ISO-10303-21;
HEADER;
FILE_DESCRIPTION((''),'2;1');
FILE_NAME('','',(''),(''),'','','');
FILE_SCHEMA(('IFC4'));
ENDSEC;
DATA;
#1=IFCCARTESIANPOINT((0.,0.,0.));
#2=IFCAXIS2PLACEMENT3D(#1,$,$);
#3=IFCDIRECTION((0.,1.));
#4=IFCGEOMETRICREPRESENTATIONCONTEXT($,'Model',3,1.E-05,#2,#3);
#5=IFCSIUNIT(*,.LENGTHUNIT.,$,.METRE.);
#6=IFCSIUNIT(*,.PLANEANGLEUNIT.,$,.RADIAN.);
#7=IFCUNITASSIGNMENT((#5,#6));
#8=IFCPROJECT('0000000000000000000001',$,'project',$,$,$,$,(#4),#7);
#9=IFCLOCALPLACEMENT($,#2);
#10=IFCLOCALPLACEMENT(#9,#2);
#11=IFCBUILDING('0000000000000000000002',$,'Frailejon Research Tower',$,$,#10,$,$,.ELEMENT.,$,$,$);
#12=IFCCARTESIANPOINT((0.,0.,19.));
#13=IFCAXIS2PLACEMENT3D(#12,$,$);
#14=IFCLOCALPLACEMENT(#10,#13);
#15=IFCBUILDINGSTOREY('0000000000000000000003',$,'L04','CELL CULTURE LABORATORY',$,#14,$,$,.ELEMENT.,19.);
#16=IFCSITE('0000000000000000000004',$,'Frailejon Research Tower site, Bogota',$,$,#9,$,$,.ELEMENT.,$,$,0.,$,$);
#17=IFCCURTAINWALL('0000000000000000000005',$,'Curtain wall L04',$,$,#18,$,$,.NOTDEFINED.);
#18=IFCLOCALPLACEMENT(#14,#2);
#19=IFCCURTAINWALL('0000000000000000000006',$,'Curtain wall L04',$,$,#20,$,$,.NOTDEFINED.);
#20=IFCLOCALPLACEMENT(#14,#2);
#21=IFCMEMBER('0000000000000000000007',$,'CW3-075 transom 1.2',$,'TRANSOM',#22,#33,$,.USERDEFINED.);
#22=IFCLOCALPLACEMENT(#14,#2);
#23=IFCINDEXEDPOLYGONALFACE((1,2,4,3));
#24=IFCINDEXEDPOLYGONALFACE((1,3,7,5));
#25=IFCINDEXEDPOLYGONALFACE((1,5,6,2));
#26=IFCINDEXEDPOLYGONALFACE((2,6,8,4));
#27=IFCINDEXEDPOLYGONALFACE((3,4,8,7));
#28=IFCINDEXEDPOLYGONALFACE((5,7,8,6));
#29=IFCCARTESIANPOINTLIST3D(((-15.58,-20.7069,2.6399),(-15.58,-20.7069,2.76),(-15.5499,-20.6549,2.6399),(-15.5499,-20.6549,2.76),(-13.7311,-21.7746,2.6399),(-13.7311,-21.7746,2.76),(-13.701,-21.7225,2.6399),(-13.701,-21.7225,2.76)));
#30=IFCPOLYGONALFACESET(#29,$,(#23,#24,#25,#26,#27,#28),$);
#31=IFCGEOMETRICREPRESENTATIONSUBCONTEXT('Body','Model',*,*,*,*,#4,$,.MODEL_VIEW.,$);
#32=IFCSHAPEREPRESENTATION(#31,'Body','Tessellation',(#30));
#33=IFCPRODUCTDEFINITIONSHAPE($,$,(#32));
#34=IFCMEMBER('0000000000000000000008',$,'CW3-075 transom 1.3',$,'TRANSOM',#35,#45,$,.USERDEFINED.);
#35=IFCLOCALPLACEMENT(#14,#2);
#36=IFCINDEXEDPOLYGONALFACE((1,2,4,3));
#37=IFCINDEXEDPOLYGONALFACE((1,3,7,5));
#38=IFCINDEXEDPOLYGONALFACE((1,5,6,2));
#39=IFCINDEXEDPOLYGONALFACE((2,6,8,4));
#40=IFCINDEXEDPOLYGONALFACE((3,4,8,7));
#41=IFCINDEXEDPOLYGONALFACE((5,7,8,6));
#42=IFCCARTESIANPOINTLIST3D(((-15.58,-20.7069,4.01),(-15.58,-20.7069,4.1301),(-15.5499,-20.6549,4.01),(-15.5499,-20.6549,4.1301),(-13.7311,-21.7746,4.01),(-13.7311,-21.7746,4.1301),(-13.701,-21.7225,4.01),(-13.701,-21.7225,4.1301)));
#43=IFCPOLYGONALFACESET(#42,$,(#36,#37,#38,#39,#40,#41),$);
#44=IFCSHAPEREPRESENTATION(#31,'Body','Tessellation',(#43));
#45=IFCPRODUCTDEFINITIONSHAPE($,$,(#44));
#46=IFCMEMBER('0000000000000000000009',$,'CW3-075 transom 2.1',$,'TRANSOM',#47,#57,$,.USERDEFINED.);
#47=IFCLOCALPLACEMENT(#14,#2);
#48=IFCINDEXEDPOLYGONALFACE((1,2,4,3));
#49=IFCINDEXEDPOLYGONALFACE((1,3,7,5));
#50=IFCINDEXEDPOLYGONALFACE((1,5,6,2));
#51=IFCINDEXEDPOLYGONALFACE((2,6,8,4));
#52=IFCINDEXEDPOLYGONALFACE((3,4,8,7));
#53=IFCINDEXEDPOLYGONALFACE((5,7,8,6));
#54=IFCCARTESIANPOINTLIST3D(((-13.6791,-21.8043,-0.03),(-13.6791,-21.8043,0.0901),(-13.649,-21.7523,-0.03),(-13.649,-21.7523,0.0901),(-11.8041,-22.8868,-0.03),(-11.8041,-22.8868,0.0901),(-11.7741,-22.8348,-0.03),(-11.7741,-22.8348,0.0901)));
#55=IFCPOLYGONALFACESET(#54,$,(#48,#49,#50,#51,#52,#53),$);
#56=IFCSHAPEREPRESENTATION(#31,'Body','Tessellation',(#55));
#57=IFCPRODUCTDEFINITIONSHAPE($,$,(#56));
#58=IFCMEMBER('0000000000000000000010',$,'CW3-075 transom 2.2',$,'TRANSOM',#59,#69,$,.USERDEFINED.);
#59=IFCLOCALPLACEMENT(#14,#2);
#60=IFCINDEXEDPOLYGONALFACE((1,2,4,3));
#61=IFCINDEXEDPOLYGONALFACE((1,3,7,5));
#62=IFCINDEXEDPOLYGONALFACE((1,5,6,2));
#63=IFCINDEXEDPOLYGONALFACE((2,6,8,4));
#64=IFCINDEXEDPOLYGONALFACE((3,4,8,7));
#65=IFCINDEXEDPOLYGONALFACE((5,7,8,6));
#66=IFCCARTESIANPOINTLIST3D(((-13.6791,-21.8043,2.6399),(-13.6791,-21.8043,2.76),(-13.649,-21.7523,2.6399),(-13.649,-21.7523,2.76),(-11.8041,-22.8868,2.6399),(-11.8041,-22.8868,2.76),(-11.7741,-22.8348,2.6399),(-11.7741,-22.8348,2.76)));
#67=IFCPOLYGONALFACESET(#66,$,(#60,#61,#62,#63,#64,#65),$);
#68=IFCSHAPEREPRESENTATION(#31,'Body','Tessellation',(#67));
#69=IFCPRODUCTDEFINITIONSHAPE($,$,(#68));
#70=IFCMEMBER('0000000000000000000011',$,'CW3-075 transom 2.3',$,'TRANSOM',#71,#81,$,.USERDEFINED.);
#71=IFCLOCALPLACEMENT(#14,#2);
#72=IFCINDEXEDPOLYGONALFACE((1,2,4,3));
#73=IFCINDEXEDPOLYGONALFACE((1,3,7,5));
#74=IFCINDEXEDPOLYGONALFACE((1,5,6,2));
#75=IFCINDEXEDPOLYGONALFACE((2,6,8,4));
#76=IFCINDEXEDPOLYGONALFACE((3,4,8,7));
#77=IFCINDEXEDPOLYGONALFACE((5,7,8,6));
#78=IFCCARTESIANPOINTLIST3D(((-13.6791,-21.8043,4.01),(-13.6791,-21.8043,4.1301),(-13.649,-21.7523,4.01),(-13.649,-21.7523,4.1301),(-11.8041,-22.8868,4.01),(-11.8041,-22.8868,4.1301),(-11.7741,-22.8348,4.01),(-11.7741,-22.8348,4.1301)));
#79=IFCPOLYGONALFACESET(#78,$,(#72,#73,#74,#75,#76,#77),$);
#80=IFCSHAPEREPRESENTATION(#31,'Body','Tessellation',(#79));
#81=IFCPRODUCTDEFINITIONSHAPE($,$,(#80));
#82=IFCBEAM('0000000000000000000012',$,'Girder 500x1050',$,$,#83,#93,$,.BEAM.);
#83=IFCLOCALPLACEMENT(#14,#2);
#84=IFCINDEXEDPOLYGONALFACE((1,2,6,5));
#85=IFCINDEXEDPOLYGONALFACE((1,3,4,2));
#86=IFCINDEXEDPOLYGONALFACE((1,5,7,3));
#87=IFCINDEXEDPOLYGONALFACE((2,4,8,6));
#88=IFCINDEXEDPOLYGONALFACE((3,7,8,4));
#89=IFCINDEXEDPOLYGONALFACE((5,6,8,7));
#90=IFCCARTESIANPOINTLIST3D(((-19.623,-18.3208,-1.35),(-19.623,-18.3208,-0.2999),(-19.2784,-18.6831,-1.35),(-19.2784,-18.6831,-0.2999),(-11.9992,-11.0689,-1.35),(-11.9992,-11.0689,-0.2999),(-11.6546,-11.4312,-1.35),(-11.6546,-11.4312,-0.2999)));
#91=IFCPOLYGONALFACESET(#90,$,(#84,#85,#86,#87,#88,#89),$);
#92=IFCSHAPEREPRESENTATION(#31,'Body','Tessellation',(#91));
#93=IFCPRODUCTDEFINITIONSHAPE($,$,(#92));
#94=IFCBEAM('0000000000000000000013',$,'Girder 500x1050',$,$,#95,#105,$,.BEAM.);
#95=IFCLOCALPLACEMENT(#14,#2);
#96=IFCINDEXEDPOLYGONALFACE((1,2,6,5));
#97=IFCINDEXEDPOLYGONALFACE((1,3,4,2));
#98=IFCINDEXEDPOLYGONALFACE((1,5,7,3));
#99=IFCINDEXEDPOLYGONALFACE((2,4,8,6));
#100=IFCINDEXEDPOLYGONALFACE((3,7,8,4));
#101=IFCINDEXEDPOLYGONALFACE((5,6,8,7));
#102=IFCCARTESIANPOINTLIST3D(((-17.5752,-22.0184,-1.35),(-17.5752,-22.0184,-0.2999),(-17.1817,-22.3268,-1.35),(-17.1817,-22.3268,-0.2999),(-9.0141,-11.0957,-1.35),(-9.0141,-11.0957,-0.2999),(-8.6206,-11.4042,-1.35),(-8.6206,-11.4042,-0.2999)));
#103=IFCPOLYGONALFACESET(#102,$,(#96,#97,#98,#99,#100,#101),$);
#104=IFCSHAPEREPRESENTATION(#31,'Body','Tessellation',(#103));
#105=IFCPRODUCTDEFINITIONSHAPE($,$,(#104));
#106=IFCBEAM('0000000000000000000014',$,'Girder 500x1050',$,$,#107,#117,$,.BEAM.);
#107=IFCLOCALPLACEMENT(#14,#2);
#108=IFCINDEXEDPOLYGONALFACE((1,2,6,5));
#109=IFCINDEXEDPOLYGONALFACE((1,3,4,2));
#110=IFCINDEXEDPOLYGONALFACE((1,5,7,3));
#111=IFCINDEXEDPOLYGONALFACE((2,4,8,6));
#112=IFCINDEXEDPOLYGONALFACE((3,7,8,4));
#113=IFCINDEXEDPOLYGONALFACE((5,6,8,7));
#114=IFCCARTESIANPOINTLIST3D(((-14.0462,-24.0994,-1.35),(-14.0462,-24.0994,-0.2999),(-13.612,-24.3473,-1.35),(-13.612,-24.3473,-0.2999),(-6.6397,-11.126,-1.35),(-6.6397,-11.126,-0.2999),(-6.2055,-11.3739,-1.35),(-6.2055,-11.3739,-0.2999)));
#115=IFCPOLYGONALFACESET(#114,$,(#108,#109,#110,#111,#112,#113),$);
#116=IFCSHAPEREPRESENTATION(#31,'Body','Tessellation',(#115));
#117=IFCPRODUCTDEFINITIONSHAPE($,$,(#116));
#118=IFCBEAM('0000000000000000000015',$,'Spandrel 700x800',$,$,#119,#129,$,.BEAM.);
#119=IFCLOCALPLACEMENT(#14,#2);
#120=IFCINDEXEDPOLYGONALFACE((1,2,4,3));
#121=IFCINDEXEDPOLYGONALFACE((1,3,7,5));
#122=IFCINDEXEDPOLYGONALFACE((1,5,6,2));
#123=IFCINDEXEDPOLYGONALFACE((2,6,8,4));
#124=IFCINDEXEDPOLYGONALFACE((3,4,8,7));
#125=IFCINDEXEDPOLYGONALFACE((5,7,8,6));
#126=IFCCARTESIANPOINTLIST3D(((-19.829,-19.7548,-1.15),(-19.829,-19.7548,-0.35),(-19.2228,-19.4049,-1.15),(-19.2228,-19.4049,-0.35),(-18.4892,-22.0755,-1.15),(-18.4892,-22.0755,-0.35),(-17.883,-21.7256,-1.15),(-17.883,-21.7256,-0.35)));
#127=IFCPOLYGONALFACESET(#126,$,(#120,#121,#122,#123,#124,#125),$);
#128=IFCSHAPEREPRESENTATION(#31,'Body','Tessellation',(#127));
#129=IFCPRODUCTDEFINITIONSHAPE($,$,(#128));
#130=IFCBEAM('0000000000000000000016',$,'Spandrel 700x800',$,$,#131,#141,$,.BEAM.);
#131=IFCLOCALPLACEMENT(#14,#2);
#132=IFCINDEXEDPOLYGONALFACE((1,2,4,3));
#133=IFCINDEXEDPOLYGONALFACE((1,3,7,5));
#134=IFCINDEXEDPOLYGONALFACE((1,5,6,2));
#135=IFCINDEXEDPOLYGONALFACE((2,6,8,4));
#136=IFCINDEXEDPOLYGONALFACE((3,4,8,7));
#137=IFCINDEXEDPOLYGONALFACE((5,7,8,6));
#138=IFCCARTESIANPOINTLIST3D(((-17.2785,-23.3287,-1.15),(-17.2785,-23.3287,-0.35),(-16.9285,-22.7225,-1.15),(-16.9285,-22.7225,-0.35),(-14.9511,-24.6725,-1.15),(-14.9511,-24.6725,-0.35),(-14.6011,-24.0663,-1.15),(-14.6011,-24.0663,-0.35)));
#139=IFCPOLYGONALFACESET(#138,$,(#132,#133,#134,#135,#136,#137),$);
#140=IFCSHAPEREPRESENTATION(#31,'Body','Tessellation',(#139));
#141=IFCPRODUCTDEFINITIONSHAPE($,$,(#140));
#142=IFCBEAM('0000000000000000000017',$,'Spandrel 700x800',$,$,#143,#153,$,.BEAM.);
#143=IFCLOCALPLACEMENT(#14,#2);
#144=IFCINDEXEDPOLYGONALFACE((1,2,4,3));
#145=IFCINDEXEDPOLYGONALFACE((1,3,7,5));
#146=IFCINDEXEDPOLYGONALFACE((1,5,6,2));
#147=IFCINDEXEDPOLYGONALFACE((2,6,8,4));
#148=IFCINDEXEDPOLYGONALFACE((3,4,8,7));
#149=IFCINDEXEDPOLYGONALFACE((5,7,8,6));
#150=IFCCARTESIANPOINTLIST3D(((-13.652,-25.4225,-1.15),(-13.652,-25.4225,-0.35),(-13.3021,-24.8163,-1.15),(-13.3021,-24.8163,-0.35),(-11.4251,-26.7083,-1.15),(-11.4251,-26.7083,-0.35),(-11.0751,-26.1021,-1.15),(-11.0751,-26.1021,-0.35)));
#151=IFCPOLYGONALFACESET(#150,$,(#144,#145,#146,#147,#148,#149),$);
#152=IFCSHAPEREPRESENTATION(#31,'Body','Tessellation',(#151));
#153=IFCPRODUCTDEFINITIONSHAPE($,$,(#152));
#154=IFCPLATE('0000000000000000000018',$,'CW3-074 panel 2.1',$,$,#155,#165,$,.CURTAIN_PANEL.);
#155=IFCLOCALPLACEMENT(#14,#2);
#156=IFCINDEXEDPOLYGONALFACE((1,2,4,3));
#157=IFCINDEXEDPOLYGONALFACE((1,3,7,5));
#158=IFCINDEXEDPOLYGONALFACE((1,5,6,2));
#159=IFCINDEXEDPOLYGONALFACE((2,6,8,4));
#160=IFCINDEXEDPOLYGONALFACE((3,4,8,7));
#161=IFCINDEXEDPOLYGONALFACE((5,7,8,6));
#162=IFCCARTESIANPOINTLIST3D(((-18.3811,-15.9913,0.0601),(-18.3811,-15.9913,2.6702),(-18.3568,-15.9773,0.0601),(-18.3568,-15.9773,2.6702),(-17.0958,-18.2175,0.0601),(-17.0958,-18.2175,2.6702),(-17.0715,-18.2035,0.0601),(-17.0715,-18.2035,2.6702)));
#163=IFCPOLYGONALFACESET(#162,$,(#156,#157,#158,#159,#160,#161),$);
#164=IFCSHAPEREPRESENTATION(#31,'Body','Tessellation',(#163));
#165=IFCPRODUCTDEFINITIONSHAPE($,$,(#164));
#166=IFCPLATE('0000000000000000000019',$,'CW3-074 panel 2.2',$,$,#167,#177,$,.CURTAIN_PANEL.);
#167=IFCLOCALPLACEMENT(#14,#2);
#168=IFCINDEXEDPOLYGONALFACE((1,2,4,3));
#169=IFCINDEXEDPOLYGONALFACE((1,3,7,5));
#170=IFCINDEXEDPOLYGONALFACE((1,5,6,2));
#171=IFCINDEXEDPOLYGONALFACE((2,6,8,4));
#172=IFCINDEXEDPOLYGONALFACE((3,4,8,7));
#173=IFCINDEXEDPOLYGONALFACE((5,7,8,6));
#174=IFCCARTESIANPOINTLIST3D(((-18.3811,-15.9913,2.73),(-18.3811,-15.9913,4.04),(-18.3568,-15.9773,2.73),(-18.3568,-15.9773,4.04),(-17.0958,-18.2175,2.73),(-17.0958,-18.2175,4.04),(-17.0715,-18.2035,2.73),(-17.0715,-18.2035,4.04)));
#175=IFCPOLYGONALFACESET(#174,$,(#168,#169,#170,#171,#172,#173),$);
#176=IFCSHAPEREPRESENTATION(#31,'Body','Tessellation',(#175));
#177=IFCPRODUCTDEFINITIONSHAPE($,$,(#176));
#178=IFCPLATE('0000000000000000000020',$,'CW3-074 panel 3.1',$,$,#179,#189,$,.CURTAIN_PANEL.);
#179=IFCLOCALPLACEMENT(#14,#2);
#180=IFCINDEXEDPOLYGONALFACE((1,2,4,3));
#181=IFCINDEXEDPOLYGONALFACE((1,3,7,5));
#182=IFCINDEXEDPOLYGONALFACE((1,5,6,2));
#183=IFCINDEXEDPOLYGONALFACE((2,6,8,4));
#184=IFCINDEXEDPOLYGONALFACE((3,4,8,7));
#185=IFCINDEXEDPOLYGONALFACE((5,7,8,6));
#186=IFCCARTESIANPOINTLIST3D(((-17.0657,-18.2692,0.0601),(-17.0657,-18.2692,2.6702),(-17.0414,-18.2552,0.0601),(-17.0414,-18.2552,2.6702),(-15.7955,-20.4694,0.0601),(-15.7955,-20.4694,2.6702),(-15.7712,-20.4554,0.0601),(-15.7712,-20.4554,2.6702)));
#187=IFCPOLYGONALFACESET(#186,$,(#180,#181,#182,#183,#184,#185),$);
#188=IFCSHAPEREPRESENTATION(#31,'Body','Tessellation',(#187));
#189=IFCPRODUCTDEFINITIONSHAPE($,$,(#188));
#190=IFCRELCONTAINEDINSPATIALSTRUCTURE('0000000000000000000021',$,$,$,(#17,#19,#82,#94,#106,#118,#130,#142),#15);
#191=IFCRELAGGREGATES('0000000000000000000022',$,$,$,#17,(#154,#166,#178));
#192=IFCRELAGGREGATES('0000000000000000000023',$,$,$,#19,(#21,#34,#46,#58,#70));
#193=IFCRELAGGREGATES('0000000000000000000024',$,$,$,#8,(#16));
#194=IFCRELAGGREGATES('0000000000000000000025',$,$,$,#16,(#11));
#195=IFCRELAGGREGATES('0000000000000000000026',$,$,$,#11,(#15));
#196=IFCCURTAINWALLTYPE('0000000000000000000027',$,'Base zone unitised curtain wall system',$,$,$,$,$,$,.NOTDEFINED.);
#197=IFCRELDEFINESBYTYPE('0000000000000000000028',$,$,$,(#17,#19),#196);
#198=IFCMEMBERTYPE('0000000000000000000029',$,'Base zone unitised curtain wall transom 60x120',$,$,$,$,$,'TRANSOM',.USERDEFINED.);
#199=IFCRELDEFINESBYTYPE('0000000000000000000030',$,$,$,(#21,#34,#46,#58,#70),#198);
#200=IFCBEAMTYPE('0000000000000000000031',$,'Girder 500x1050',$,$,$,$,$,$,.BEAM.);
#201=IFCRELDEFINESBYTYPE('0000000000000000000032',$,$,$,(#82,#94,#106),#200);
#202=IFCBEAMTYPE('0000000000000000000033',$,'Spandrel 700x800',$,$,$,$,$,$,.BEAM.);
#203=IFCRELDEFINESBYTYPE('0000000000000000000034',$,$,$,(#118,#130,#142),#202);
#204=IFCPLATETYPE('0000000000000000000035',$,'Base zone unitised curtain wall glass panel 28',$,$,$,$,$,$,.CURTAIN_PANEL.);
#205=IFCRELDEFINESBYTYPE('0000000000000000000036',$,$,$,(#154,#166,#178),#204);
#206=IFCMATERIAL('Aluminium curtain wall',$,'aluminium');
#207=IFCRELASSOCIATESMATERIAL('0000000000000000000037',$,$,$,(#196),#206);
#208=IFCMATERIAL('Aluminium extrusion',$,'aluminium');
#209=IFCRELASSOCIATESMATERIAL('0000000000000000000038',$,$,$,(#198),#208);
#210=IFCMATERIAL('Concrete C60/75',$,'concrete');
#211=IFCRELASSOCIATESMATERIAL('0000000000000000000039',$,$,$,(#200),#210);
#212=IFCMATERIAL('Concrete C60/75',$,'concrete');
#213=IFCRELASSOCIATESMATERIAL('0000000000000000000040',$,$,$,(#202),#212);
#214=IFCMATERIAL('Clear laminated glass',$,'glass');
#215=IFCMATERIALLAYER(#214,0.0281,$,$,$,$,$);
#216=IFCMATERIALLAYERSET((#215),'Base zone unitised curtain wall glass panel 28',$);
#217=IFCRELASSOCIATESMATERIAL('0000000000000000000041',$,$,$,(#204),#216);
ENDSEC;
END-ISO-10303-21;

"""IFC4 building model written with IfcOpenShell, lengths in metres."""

from ifc_helpers import new_model, si_unit, direction, frame, origin, origin_2d, place, context, subcontext, project, spatial, rectangle, extrude, material, layer, layer_set, material_profile, profile_set, type_object, element, aggregate, save


model = new_model("IFC4")

# Units and contexts
model_context = context("Model", 3, precision=1e-05, world=origin(), true_north=direction((0.0, 1.0)))
body_context = subcontext(model_context, "Body", "Model", "MODEL_VIEW")
ifc_project = project(units=[si_unit("LENGTHUNIT", "METRE"), si_unit("PLANEANGLEUNIT", "RADIAN")], contexts=[model_context])

# Site, building, storey
site_placement = place(None, origin())
site = spatial("IfcSite", under=ifc_project, at=site_placement, Name="Frailejon Research Tower site, Bogota", CompositionType="ELEMENT", RefElevation=0.0)
building_placement = place(site_placement, origin())
building = spatial("IfcBuilding", under=site, at=building_placement, Name="Frailejon Research Tower", CompositionType="ELEMENT")
storey_placement = place(building_placement, frame((0.0, 0.0, 19.0)))
storey = spatial("IfcBuildingStorey", under=building, at=storey_placement, Name="L04", Description="CELL CULTURE LABORATORY", CompositionType="ELEMENT", Elevation=19.0)

# Curtain walls
ifc_material_1 = material(Name="Aluminium curtain wall", Category="aluminium")
curtain_wall_type = type_object("IfcCurtainWallType", Name="Base zone unitised curtain wall system", PredefinedType="NOTDEFINED", material=ifc_material_1)
curtain_wall_1_placement = place(storey_placement, origin())
curtain_wall_1 = element("IfcCurtainWall", 1, at=curtain_wall_1_placement, inside=storey, type_object=curtain_wall_type, Name="Curtain wall L04", PredefinedType="NOTDEFINED")
curtain_wall_2_placement = place(storey_placement, origin())
curtain_wall_2 = element("IfcCurtainWall", 2, at=curtain_wall_2_placement, inside=storey, type_object=curtain_wall_type, Name="Curtain wall L04", PredefinedType="NOTDEFINED")

# Members
ifc_material_2 = material(Name="Aluminium extrusion", Category="aluminium")
ifc_material_profile_1 = material_profile(ifc_material_2, rectangle(XDim=0.0601, YDim=0.1201, at=origin_2d()), Name="Base zone unitised curtain wall transom 60x120")
ifc_profile_set_1 = profile_set([ifc_material_profile_1], Name="Aluminium extrusion")
member_type_1 = type_object("IfcMemberType", Name="Base zone unitised curtain wall transom 60x120", ElementType="TRANSOM", PredefinedType="USERDEFINED", material=ifc_profile_set_1)
member_1_placement = place(storey_placement, frame((-15.5649, -20.6809, 2.7), z_axis=(0.865989, -0.500062, 0.0), x_axis=(0.500062, 0.865989, 0.0)))
member_1 = element("IfcMember", 3, at=member_1_placement, type_object=member_type_1, Name="CW3-075 transom 1.2", ObjectType="TRANSOM", PredefinedType="USERDEFINED", context=body_context, shape_type="SweptSolid", body=[
    extrude(rectangle(XDim=0.0601, YDim=0.1201, at=origin_2d()), origin(), (0.0, 0.0, 1.0), 2.135),
])
member_2_placement = place(storey_placement, frame((-15.5649, -20.6809, 4.0701), z_axis=(0.865989, -0.500062, 0.0), x_axis=(0.500062, 0.865989, 0.0)))
member_2 = element("IfcMember", 4, at=member_2_placement, type_object=member_type_1, Name="CW3-075 transom 1.3", ObjectType="TRANSOM", PredefinedType="USERDEFINED", context=body_context, shape_type="SweptSolid", body=[
    extrude(rectangle(XDim=0.0601, YDim=0.1201, at=origin_2d()), origin(), (0.0, 0.0, 1.0), 2.135),
])
member_3_placement = place(storey_placement, frame((-13.6641, -21.7783, 0.03), z_axis=(0.866028, -0.499996, 0.0), x_axis=(0.499996, 0.866028, 0.0)))
member_3 = element("IfcMember", 5, at=member_3_placement, type_object=member_type_1, Name="CW3-075 transom 2.1", ObjectType="TRANSOM", PredefinedType="USERDEFINED", context=body_context, shape_type="SweptSolid", body=[
    extrude(rectangle(XDim=0.0601, YDim=0.1201, at=origin_2d()), origin(), (0.0, 0.0, 1.0), 2.165),
])
member_4_placement = place(storey_placement, frame((-13.6641, -21.7783, 2.7), z_axis=(0.866028, -0.499996, 0.0), x_axis=(0.499996, 0.866028, 0.0)))
member_4 = element("IfcMember", 6, at=member_4_placement, type_object=member_type_1, Name="CW3-075 transom 2.2", ObjectType="TRANSOM", PredefinedType="USERDEFINED", context=body_context, shape_type="SweptSolid", body=[
    extrude(rectangle(XDim=0.0601, YDim=0.1201, at=origin_2d()), origin(), (0.0, 0.0, 1.0), 2.165),
])
member_5_placement = place(storey_placement, frame((-13.6641, -21.7783, 4.0701), z_axis=(0.866028, -0.499996, 0.0), x_axis=(0.499996, 0.866028, 0.0)))
member_5 = element("IfcMember", 7, at=member_5_placement, type_object=member_type_1, Name="CW3-075 transom 2.3", ObjectType="TRANSOM", PredefinedType="USERDEFINED", context=body_context, shape_type="SweptSolid", body=[
    extrude(rectangle(XDim=0.0601, YDim=0.1201, at=origin_2d()), origin(), (0.0, 0.0, 1.0), 2.165),
])

# Beams
ifc_material_3 = material(Name="Concrete C60/75", Category="concrete")
ifc_material_profile_2 = material_profile(ifc_material_3, rectangle(XDim=0.5, YDim=1.05, at=origin_2d()), Name="Girder 500x1050")
ifc_profile_set_2 = profile_set([ifc_material_profile_2], Name="Concrete C60/75")
beam_type_1 = type_object("IfcBeamType", Name="Girder 500x1050", PredefinedType="BEAM", material=ifc_profile_set_2)
beam_1_placement = place(storey_placement, frame((-19.4507, -18.502, -0.825), z_axis=(0.724555, 0.689217, 0.0), x_axis=(-0.689217, 0.724555, 0.0)))
element("IfcBeam", 8, at=beam_1_placement, inside=storey, type_object=beam_type_1, Name="Girder 500x1050", PredefinedType="BEAM", context=body_context, shape_type="SweptSolid", body=[
    extrude(rectangle(XDim=0.5, YDim=1.05, at=origin_2d()), origin(), (0.0, 0.0, 1.0), 10.522),
])
beam_2_placement = place(storey_placement, frame((-17.3784, -22.1726, -0.825), z_axis=(0.616885, 0.787053, 0.0), x_axis=(-0.787053, 0.616885, 0.0)))
element("IfcBeam", 9, at=beam_2_placement, inside=storey, type_object=beam_type_1, Name="Girder 500x1050", PredefinedType="BEAM", context=body_context, shape_type="SweptSolid", body=[
    extrude(rectangle(XDim=0.5, YDim=1.05, at=origin_2d()), origin(), (0.0, 0.0, 1.0), 13.8779),
])
beam_3_placement = place(storey_placement, frame((-13.8291, -24.2234, -0.825), z_axis=(0.495792, 0.868441, 0.0), x_axis=(-0.868441, 0.495792, 0.0)))
element("IfcBeam", 10, at=beam_3_placement, inside=storey, type_object=beam_type_1, Name="Girder 500x1050", PredefinedType="BEAM", context=body_context, shape_type="SweptSolid", body=[
    extrude(rectangle(XDim=0.5, YDim=1.05, at=origin_2d()), origin(), (0.0, 0.0, 1.0), 14.9387),
])
ifc_material_4 = material(Name="Concrete C60/75", Category="concrete")
ifc_material_profile_3 = material_profile(ifc_material_4, rectangle(XDim=0.7, YDim=0.8, at=origin_2d()), Name="Spandrel 700x800")
ifc_profile_set_3 = profile_set([ifc_material_profile_3], Name="Concrete C60/75")
beam_type_2 = type_object("IfcBeamType", Name="Spandrel 700x800", PredefinedType="BEAM", material=ifc_profile_set_3)
beam_4_placement = place(storey_placement, frame((-19.5259, -19.5798, -0.75), z_axis=(0.49998, -0.866037, 0.0), x_axis=(0.866037, 0.49998, 0.0)))
element("IfcBeam", 11, at=beam_4_placement, inside=storey, type_object=beam_type_2, Name="Spandrel 700x800", PredefinedType="BEAM", context=body_context, shape_type="SweptSolid", body=[
    extrude(rectangle(XDim=0.7, YDim=0.8, at=origin_2d()), origin(), (0.0, 0.0, 1.0), 2.6797),
])
beam_5_placement = place(storey_placement, frame((-17.1035, -23.0256, -0.75), z_axis=(0.866021, -0.500008, 0.0), x_axis=(0.500008, 0.866021, 0.0)))
element("IfcBeam", 12, at=beam_5_placement, inside=storey, type_object=beam_type_2, Name="Spandrel 700x800", PredefinedType="BEAM", context=body_context, shape_type="SweptSolid", body=[
    extrude(rectangle(XDim=0.7, YDim=0.8, at=origin_2d()), origin(), (0.0, 0.0, 1.0), 2.6875),
])
beam_6_placement = place(storey_placement, frame((-13.4771, -25.1194, -0.75), z_axis=(0.866009, -0.500029, 0.0), x_axis=(0.500029, 0.866009, 0.0)))
element("IfcBeam", 13, at=beam_6_placement, inside=storey, type_object=beam_type_2, Name="Spandrel 700x800", PredefinedType="BEAM", context=body_context, shape_type="SweptSolid", body=[
    extrude(rectangle(XDim=0.7, YDim=0.8, at=origin_2d()), origin(), (0.0, 0.0, 1.0), 2.5715),
])

# Plates
ifc_material_5 = material(Name="Clear laminated glass", Category="glass")
ifc_layer_1 = layer(ifc_material_5, 0.0281)
ifc_layer_set_1 = layer_set([ifc_layer_1], Name="Base zone unitised curtain wall glass panel 28")
plate_type = type_object("IfcPlateType", Name="Base zone unitised curtain wall glass panel 28", PredefinedType="CURTAIN_PANEL", material=ifc_layer_set_1)
plate_1_placement = place(storey_placement, frame((-17.7263, -17.0974, 0.0601), z_axis=(0.0, 0.0, 1.0), x_axis=(0.499997, -0.866027, 0.0)))
plate_1 = element("IfcPlate", 14, at=plate_1_placement, type_object=plate_type, Name="CW3-074 panel 2.1", PredefinedType="CURTAIN_PANEL", context=body_context, shape_type="SweptSolid", body=[
    extrude(rectangle(XDim=2.5706, YDim=0.0281, at=origin_2d()), origin(), (0.0, 0.0, 1.0), 2.6101),
])
plate_2_placement = place(storey_placement, frame((-17.7263, -17.0974, 2.73), z_axis=(0.0, 0.0, 1.0), x_axis=(0.499997, -0.866027, 0.0)))
plate_2 = element("IfcPlate", 15, at=plate_2_placement, type_object=plate_type, Name="CW3-074 panel 2.2", PredefinedType="CURTAIN_PANEL", context=body_context, shape_type="SweptSolid", body=[
    extrude(rectangle(XDim=2.5706, YDim=0.0281, at=origin_2d()), origin(), (0.0, 0.0, 1.0), 1.3101),
])
plate_3_placement = place(storey_placement, frame((-16.4185, -19.3623, 0.0601), z_axis=(0.0, 0.0, 1.0), x_axis=(0.499997, -0.866027, 0.0)))
plate_3 = element("IfcPlate", 16, at=plate_3_placement, type_object=plate_type, Name="CW3-074 panel 3.1", PredefinedType="CURTAIN_PANEL", context=body_context, shape_type="SweptSolid", body=[
    extrude(rectangle(XDim=2.5405, YDim=0.0281, at=origin_2d()), origin(), (0.0, 0.0, 1.0), 2.6101),
])
aggregate(curtain_wall_1, [plate_1, plate_2, plate_3])
aggregate(curtain_wall_2, [member_1, member_2, member_3, member_4, member_5])

save(model, "model.ifc")
